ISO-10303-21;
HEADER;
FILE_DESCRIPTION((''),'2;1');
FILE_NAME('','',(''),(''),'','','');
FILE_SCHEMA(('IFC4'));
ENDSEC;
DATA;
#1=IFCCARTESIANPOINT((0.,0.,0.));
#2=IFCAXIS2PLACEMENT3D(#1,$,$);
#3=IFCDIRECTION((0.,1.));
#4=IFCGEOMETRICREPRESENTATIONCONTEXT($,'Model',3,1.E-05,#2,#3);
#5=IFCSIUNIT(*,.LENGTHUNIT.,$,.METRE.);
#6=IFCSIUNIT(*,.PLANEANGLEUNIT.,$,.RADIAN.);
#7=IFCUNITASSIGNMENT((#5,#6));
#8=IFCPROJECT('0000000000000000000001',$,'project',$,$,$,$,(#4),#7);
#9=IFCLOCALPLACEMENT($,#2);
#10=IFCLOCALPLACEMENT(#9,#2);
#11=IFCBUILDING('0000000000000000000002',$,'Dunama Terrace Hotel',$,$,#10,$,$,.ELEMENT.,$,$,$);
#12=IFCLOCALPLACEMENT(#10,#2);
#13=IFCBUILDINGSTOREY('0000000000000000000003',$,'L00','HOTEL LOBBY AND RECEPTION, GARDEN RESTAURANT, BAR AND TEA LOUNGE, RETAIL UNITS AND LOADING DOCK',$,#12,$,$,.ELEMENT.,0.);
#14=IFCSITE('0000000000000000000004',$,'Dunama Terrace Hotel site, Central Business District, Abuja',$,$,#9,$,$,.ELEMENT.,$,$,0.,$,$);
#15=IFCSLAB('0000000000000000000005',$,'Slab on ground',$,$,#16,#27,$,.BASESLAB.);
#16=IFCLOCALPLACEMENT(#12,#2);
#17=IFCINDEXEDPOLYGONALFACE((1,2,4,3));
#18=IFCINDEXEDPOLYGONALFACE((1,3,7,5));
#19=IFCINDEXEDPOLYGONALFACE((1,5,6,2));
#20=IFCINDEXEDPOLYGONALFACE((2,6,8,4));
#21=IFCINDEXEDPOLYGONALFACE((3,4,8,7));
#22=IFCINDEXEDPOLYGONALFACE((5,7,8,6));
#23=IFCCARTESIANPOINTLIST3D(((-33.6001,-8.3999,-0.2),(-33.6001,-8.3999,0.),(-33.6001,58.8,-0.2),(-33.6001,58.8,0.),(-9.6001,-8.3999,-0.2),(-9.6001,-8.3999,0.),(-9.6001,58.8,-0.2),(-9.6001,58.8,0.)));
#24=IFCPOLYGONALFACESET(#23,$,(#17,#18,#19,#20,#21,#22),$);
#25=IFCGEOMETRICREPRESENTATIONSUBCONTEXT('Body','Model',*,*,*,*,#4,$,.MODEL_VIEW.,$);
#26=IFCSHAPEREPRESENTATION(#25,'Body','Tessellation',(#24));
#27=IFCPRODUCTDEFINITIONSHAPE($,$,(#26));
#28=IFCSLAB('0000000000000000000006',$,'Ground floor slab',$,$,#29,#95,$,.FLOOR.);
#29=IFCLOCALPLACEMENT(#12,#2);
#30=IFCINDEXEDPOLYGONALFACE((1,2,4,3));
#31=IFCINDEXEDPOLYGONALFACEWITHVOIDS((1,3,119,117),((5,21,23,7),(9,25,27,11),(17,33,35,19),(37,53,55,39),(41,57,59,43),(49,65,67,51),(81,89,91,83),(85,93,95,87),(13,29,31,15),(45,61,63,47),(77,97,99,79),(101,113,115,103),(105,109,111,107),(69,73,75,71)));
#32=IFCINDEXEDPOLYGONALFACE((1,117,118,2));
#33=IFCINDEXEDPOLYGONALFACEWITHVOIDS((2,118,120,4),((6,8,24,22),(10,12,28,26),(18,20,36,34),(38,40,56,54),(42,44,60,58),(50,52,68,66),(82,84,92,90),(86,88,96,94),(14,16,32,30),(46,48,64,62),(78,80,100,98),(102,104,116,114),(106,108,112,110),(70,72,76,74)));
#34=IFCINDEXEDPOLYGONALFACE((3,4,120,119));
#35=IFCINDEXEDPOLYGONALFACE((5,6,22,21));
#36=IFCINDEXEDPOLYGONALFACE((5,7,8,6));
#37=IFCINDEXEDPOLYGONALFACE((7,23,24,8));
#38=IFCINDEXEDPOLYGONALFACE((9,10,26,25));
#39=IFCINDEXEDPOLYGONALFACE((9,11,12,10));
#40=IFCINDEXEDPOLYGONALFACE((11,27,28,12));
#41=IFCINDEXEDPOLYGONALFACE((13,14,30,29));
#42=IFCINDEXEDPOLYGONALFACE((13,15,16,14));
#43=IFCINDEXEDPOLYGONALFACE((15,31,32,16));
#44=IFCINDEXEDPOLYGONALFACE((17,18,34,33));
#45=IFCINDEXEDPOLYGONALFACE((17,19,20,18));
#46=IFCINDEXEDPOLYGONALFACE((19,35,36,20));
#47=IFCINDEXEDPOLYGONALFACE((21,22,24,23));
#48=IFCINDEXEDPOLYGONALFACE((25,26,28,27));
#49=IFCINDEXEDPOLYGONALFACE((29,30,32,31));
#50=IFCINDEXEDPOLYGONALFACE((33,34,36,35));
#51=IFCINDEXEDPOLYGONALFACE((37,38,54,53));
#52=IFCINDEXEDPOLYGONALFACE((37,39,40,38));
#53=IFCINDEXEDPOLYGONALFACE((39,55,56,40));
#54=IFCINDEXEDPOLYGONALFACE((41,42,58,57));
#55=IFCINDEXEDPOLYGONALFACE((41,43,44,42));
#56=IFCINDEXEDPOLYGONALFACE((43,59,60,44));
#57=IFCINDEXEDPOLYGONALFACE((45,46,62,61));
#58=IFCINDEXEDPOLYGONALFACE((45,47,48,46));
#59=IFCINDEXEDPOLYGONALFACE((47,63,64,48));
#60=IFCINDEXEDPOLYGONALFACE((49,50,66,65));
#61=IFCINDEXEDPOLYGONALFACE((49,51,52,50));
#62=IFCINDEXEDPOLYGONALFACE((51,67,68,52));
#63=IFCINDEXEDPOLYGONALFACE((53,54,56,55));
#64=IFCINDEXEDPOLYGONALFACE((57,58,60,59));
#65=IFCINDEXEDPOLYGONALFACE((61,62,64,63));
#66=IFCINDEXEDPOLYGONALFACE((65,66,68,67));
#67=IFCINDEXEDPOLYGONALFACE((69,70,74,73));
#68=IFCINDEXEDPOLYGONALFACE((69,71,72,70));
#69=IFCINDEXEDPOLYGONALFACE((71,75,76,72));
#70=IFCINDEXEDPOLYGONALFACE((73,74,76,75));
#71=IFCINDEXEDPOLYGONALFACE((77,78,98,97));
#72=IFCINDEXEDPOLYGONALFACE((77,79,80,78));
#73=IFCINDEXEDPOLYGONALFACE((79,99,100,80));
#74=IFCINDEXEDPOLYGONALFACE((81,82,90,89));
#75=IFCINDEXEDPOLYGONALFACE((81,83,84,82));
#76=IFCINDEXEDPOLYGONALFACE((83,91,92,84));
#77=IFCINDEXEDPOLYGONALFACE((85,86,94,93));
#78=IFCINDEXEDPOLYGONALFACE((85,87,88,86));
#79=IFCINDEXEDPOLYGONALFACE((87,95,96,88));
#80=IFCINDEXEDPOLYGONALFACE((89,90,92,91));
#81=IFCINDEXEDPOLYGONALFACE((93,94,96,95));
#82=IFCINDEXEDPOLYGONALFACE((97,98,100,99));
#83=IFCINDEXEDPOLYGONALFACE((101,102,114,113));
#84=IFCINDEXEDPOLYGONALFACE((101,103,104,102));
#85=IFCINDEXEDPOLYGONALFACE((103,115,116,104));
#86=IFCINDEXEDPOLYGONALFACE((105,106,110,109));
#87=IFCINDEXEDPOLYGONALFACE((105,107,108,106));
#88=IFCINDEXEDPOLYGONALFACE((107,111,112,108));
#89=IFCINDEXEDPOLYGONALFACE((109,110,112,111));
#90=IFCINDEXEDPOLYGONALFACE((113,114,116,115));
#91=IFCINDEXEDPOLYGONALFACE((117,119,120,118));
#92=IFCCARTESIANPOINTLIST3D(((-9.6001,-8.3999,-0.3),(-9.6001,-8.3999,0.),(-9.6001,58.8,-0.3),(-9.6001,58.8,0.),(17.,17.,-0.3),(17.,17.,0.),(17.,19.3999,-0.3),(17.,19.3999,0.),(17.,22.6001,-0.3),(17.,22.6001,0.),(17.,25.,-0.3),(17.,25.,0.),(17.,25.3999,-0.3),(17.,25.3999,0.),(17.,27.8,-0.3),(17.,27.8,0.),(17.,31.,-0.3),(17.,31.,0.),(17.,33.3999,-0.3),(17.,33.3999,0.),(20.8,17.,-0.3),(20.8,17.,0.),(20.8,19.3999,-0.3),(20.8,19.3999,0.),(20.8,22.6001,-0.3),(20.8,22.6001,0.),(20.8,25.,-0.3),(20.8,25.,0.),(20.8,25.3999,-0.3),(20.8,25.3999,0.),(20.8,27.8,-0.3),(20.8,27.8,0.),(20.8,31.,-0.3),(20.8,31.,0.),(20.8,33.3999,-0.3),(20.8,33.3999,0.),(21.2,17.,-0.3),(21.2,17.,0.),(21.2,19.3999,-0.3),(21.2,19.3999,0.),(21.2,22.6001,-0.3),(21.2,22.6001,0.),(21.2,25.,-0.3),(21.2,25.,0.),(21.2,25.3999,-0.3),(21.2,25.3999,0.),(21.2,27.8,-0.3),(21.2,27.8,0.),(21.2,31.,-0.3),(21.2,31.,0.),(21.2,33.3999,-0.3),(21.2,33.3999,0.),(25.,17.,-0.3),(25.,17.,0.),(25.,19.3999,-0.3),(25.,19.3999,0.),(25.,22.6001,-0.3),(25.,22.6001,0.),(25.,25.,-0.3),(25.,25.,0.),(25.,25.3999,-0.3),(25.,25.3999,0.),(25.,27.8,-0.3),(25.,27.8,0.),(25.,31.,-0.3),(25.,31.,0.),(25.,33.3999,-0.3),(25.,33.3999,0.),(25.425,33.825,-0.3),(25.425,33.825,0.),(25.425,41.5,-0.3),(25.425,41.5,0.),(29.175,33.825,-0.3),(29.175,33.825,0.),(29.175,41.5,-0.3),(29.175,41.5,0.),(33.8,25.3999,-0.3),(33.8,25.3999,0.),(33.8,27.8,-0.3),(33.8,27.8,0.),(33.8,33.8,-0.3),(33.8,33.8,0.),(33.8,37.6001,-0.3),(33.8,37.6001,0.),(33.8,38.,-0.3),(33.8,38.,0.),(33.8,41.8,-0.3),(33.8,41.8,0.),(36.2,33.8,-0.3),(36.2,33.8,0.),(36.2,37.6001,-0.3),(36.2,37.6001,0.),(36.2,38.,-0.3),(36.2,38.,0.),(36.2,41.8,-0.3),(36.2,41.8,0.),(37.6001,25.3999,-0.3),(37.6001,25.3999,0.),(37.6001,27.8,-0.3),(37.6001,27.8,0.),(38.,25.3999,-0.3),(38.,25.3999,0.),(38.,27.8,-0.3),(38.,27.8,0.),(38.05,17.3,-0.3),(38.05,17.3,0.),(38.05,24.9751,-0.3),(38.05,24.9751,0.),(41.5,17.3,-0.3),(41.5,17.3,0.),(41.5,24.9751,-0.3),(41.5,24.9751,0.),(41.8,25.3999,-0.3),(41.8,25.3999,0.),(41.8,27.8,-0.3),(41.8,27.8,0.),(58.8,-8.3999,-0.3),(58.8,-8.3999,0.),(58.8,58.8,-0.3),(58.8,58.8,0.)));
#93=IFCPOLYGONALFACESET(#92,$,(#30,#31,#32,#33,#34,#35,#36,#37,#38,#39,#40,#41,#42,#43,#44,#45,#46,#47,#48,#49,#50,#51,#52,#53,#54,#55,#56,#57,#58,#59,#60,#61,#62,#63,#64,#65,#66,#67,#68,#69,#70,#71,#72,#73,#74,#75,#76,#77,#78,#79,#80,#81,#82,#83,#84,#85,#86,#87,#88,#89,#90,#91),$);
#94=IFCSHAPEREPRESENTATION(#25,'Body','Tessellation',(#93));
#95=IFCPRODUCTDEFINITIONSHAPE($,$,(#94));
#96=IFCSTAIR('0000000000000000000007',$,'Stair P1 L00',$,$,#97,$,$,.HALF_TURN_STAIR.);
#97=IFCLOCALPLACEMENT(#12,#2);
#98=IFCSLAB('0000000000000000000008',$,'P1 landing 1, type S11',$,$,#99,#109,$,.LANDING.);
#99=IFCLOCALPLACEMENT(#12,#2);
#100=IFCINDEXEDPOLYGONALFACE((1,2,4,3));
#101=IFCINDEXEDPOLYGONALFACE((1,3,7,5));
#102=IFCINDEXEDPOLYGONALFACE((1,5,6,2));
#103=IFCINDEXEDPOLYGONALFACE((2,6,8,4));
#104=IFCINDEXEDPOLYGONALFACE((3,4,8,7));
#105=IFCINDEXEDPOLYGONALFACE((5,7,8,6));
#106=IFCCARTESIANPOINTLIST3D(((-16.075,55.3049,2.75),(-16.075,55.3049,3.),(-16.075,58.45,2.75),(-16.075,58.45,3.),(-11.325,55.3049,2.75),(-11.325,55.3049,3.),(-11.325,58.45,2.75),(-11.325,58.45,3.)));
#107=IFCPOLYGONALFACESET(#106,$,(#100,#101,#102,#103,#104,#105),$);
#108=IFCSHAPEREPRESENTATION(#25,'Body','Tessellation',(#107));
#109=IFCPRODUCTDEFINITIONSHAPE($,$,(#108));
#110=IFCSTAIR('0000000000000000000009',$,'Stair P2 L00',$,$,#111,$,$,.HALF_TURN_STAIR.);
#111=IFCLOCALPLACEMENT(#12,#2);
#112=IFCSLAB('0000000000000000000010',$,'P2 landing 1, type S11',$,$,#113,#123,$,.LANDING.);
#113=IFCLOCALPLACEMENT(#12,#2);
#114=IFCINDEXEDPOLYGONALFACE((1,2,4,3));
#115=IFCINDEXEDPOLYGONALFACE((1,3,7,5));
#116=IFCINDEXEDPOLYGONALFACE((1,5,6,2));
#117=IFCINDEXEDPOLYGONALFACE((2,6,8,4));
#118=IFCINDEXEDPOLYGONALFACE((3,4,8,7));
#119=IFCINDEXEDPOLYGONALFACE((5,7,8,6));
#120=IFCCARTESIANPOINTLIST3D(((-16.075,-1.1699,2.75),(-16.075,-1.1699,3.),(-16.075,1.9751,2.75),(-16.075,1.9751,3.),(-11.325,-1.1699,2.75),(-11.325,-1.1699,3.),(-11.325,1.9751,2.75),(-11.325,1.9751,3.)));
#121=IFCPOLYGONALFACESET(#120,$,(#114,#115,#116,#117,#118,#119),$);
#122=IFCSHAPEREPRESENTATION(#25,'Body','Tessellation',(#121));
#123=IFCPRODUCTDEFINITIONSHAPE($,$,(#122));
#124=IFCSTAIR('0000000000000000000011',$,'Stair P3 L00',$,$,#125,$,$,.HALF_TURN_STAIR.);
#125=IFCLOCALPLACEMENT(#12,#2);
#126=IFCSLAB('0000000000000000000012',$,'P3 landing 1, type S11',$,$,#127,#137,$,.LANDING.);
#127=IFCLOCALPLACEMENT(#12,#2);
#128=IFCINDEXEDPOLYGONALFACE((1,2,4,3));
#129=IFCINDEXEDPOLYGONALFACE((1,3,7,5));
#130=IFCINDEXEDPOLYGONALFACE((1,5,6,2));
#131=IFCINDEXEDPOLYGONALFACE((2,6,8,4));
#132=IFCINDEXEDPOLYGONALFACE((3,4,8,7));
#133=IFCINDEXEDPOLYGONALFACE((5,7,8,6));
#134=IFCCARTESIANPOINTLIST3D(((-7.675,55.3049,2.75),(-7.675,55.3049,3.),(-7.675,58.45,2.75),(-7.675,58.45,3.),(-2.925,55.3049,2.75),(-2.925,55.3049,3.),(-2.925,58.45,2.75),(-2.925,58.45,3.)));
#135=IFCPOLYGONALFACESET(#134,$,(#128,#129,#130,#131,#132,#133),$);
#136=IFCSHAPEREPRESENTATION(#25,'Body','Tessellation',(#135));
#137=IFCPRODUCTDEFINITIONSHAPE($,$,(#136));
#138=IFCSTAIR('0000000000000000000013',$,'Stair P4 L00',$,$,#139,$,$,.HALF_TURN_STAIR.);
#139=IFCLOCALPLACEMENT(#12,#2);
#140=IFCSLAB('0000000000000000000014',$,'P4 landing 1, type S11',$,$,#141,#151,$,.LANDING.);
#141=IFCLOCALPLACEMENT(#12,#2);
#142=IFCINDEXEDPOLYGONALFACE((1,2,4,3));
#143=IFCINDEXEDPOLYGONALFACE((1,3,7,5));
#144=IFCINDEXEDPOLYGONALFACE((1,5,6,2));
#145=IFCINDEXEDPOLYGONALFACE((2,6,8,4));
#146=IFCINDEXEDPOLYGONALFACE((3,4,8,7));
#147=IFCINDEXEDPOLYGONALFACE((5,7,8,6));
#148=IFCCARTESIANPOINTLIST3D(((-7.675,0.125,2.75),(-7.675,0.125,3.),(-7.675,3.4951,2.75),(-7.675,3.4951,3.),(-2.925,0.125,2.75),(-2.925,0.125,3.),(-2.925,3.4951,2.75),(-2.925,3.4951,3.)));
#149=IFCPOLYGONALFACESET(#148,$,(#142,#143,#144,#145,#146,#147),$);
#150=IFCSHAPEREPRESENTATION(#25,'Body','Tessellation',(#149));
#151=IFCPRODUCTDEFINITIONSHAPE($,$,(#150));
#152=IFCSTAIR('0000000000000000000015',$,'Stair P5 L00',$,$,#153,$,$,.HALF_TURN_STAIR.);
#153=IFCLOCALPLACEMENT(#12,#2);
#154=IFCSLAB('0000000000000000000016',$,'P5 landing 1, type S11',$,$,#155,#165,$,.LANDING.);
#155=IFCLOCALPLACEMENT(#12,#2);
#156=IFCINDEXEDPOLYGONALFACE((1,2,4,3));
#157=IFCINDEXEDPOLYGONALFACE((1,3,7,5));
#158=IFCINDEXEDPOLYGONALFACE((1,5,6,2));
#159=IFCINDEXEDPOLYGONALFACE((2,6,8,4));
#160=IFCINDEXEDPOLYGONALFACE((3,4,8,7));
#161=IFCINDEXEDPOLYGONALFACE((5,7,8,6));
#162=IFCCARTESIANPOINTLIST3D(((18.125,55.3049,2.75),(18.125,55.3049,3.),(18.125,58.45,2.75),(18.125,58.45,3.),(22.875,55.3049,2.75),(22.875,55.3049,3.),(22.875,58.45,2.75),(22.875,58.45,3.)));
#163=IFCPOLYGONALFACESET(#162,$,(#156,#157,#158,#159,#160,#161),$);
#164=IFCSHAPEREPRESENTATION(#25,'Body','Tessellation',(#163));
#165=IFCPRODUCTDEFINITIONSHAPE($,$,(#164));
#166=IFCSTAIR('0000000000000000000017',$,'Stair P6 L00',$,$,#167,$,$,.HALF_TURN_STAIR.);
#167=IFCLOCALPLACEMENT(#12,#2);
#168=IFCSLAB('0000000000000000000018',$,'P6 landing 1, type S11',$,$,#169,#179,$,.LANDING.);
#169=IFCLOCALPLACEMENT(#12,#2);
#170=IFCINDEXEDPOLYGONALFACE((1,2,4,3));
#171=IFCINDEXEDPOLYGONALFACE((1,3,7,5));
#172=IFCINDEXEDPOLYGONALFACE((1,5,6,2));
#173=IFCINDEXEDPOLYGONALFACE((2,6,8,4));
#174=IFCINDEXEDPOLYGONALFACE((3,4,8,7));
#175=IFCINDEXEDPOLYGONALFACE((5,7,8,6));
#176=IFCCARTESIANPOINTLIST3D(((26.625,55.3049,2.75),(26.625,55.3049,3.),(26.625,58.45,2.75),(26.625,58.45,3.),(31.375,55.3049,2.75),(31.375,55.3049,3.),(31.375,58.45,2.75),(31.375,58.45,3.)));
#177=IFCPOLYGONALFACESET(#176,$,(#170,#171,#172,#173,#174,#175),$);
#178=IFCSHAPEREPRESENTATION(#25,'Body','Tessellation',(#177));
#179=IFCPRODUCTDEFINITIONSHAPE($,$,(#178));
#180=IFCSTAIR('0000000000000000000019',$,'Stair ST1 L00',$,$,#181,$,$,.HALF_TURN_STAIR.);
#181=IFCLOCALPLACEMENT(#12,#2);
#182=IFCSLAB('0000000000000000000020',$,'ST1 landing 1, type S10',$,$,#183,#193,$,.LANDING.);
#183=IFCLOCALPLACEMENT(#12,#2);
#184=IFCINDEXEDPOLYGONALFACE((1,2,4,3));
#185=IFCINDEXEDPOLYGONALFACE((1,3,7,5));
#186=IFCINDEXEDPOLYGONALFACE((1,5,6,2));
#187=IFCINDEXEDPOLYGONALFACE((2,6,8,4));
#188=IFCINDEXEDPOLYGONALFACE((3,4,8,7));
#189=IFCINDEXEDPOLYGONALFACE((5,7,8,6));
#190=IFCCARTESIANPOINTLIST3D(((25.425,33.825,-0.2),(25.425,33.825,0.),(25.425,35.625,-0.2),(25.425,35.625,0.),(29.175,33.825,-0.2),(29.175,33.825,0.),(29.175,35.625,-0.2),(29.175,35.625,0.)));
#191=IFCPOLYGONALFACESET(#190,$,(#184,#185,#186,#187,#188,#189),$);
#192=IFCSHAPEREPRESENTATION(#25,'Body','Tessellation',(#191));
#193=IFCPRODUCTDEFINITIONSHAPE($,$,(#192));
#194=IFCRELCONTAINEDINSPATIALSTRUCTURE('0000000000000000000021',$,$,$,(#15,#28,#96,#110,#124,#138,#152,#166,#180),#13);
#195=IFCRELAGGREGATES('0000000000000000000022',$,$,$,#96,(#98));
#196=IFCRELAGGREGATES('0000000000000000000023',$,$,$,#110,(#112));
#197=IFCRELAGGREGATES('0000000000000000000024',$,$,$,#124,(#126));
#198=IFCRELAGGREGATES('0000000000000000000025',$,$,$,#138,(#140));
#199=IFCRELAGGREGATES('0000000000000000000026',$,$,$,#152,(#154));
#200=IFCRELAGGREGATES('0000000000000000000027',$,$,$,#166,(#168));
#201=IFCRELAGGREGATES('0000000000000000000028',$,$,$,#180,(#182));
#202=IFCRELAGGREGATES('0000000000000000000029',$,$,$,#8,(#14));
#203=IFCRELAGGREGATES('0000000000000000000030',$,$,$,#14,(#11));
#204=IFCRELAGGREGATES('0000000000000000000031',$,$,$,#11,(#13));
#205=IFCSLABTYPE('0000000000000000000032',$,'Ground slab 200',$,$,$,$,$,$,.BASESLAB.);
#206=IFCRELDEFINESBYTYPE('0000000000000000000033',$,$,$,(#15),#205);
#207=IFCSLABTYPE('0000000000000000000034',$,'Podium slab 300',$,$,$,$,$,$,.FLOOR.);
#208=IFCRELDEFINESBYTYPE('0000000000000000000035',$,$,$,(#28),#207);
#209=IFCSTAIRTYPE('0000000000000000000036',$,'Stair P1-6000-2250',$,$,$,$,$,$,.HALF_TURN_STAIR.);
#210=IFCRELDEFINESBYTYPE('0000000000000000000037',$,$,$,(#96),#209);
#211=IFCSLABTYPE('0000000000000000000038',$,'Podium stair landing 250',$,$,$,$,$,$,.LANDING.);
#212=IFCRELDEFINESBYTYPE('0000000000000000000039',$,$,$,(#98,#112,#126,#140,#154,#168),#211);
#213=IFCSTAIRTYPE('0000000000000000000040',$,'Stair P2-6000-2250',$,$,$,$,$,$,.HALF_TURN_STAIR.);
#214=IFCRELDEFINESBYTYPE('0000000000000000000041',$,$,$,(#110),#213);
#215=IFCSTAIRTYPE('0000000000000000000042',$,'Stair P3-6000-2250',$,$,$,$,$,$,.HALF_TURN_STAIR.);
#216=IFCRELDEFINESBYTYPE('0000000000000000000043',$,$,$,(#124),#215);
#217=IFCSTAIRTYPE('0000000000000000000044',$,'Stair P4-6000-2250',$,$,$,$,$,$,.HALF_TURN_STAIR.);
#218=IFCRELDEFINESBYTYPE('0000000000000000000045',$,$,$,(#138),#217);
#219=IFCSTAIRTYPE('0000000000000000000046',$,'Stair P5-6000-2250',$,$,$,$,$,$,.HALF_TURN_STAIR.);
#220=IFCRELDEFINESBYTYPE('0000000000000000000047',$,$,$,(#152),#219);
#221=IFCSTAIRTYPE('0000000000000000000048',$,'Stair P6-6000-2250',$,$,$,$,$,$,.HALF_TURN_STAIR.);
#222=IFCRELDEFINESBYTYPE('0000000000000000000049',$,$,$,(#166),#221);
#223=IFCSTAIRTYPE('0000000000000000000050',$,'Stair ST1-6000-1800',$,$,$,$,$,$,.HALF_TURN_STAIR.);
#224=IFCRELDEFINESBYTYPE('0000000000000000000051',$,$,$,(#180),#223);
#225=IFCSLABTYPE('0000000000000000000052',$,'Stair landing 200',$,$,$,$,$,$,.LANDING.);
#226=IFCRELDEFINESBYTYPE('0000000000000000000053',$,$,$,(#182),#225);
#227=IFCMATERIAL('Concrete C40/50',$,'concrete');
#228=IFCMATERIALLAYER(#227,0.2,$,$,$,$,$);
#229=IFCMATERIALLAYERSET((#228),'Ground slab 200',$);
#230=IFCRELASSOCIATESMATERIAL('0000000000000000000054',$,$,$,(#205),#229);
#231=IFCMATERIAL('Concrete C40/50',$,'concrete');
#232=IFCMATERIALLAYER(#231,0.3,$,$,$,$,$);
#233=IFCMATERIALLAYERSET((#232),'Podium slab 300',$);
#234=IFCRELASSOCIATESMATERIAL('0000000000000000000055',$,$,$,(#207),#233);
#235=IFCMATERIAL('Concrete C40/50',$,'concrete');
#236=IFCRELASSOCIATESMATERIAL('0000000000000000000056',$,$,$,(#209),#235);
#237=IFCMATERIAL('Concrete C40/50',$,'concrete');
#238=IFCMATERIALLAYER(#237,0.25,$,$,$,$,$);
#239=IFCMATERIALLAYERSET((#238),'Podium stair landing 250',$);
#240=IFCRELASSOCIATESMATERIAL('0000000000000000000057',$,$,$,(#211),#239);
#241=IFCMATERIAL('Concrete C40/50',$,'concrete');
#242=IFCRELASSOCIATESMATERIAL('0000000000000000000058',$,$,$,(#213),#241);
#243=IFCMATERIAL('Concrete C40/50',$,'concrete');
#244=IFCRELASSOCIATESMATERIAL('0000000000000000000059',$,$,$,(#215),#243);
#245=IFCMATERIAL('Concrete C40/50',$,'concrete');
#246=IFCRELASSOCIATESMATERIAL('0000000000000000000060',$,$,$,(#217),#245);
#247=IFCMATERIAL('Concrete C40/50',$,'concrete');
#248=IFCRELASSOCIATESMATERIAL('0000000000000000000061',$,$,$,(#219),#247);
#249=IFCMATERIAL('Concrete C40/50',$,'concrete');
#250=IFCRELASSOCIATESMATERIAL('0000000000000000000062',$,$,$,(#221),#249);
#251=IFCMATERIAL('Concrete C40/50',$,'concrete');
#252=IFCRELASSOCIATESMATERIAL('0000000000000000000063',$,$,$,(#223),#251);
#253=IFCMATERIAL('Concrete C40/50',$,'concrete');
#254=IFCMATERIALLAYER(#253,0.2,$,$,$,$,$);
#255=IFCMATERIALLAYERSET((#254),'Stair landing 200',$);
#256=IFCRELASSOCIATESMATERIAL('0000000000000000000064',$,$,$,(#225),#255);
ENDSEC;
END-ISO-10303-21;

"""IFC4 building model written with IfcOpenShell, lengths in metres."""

from ifc_helpers import new_model, si_unit, direction, frame, origin, place, context, subcontext, project, spatial, polyline, outline, extrude, material, layer, layer_set, type_object, element, aggregate, save


model = new_model("IFC4")

# Units and contexts
model_context = context("Model", 3, precision=1e-05, world=origin(), true_north=direction((0.0, 1.0)))
body_context = subcontext(model_context, "Body", "Model", "MODEL_VIEW")
ifc_project = project(units=[si_unit("LENGTHUNIT", "METRE"), si_unit("PLANEANGLEUNIT", "RADIAN")], contexts=[model_context])

# Site, building, storey
site_placement = place(None, origin())
site = spatial("IfcSite", under=ifc_project, at=site_placement, Name="Dunama Terrace Hotel site, Central Business District, Abuja", CompositionType="ELEMENT", RefElevation=0.0)
building_placement = place(site_placement, origin())
building = spatial("IfcBuilding", under=site, at=building_placement, Name="Dunama Terrace Hotel", CompositionType="ELEMENT")
storey_placement = place(building_placement, origin())
storey = spatial("IfcBuildingStorey", under=building, at=storey_placement, Name="L00", Description="HOTEL LOBBY AND RECEPTION, GARDEN RESTAURANT, BAR AND TEA LOUNGE, RETAIL UNITS AND LOADING DOCK", CompositionType="ELEMENT", Elevation=0.0)

# Slabs
ifc_material_1 = material(Name="Concrete C40/50", Category="concrete")
ifc_layer_1 = layer(ifc_material_1, 0.2)
ifc_layer_set_1 = layer_set([ifc_layer_1], Name="Ground slab 200")
slab_type_1 = type_object("IfcSlabType", Name="Ground slab 200", PredefinedType="BASESLAB", material=ifc_layer_set_1)
slab_1_placement = place(storey_placement, frame((0.0, 0.0, -0.2)))
element("IfcSlab", 1, at=slab_1_placement, inside=storey, type_object=slab_type_1, Name="Slab on ground", PredefinedType="BASESLAB", context=body_context, shape_type="SweptSolid", body=[
    extrude(outline(polyline([(-33.6001, -8.3999), (-33.6001, 58.8), (-9.6001, 58.8), (-9.6001, -8.3999), (-33.6001, -8.3999)])), origin(), (0.0, 0.0, 1.0), 0.2),
])
ifc_material_2 = material(Name="Concrete C40/50", Category="concrete")
ifc_layer_2 = layer(ifc_material_2, 0.3)
ifc_layer_set_2 = layer_set([ifc_layer_2], Name="Podium slab 300")
slab_type_2 = type_object("IfcSlabType", Name="Podium slab 300", PredefinedType="FLOOR", material=ifc_layer_set_2)
slab_2_placement = place(storey_placement, frame((0.0, 0.0, -0.3)))
element("IfcSlab", 2, at=slab_2_placement, inside=storey, type_object=slab_type_2, Name="Ground floor slab", PredefinedType="FLOOR", context=body_context, shape_type="SweptSolid", body=[
    extrude(outline(polyline([(-9.6001, -8.3999), (-9.6001, 58.8), (58.8, 58.8), (58.8, -8.3999), (-9.6001, -8.3999)]), holes=[polyline([(20.8, 25.3999), (20.8, 27.8), (17.0, 27.8), (17.0, 25.3999), (20.8, 25.3999)]), polyline([(25.0, 25.3999), (25.0, 27.8), (21.2, 27.8), (21.2, 25.3999), (25.0, 25.3999)]), polyline([(20.8, 31.0), (20.8, 33.3999), (17.0, 33.3999), (17.0, 31.0), (20.8, 31.0)]), polyline([(25.0, 31.0), (25.0, 33.3999), (21.2, 33.3999), (21.2, 31.0), (25.0, 31.0)]), polyline([(37.6001, 25.3999), (37.6001, 27.8), (33.8, 27.8), (33.8, 25.3999), (37.6001, 25.3999)]), polyline([(41.8, 25.3999), (41.8, 27.8), (38.0, 27.8), (38.0, 25.3999), (41.8, 25.3999)]), polyline([(20.8, 17.0), (20.8, 19.3999), (17.0, 19.3999), (17.0, 17.0), (20.8, 17.0)]), polyline([(25.0, 17.0), (25.0, 19.3999), (21.2, 19.3999), (21.2, 17.0), (25.0, 17.0)]), polyline([(20.8, 22.6001), (20.8, 25.0), (17.0, 25.0), (17.0, 22.6001), (20.8, 22.6001)]), polyline([(25.0, 22.6001), (25.0, 25.0), (21.2, 25.0), (21.2, 22.6001), (25.0, 22.6001)]), polyline([(36.2, 38.0), (36.2, 41.8), (33.8, 41.8), (33.8, 38.0), (36.2, 38.0)]), polyline([(36.2, 33.8), (36.2, 37.6001), (33.8, 37.6001), (33.8, 33.8), (36.2, 33.8)]), polyline([(29.175, 33.825), (29.175, 41.5), (25.425, 41.5), (25.425, 33.825), (29.175, 33.825)]), polyline([(41.5, 17.3), (41.5, 24.9751), (38.05, 24.9751), (38.05, 17.3), (41.5, 17.3)])]), origin(), (0.0, 0.0, 1.0), 0.3),
])

# Stairs, slabs
ifc_material_3 = material(Name="Concrete C40/50", Category="concrete")
stair_type_1 = type_object("IfcStairType", Name="Stair P1-6000-2250", PredefinedType="HALF_TURN_STAIR", material=ifc_material_3)
stair_1_placement = place(storey_placement, origin())
stair_1 = element("IfcStair", 3, at=stair_1_placement, inside=storey, type_object=stair_type_1, Name="Stair P1 L00", PredefinedType="HALF_TURN_STAIR")
ifc_material_4 = material(Name="Concrete C40/50", Category="concrete")
ifc_layer_3 = layer(ifc_material_4, 0.25)
ifc_layer_set_3 = layer_set([ifc_layer_3], Name="Podium stair landing 250")
slab_type_3 = type_object("IfcSlabType", Name="Podium stair landing 250", PredefinedType="LANDING", material=ifc_layer_set_3)
slab_3_placement = place(storey_placement, frame((0.0, 0.0, 2.75)))
slab_3 = element("IfcSlab", 4, at=slab_3_placement, type_object=slab_type_3, Name="P1 landing 1, type S11", PredefinedType="LANDING", context=body_context, shape_type="SweptSolid", body=[
    extrude(outline(polyline([(-16.075, 55.3049), (-11.325, 55.3049), (-11.325, 58.45), (-16.075, 58.45), (-16.075, 55.3049)])), origin(), (0.0, 0.0, 1.0), 0.25),
])
aggregate(stair_1, [slab_3])
ifc_material_5 = material(Name="Concrete C40/50", Category="concrete")
stair_type_2 = type_object("IfcStairType", Name="Stair P2-6000-2250", PredefinedType="HALF_TURN_STAIR", material=ifc_material_5)
stair_2_placement = place(storey_placement, origin())
stair_2 = element("IfcStair", 5, at=stair_2_placement, inside=storey, type_object=stair_type_2, Name="Stair P2 L00", PredefinedType="HALF_TURN_STAIR")
slab_4_placement = place(storey_placement, frame((0.0, 0.0, 2.75)))
slab_4 = element("IfcSlab", 6, at=slab_4_placement, type_object=slab_type_3, Name="P2 landing 1, type S11", PredefinedType="LANDING", context=body_context, shape_type="SweptSolid", body=[
    extrude(outline(polyline([(-16.075, -1.1699), (-11.325, -1.1699), (-11.325, 1.9751), (-16.075, 1.9751), (-16.075, -1.1699)])), origin(), (0.0, 0.0, 1.0), 0.25),
])
aggregate(stair_2, [slab_4])
ifc_material_6 = material(Name="Concrete C40/50", Category="concrete")
stair_type_3 = type_object("IfcStairType", Name="Stair P3-6000-2250", PredefinedType="HALF_TURN_STAIR", material=ifc_material_6)
stair_3_placement = place(storey_placement, origin())
stair_3 = element("IfcStair", 7, at=stair_3_placement, inside=storey, type_object=stair_type_3, Name="Stair P3 L00", PredefinedType="HALF_TURN_STAIR")
slab_5_placement = place(storey_placement, frame((0.0, 0.0, 2.75)))
slab_5 = element("IfcSlab", 8, at=slab_5_placement, type_object=slab_type_3, Name="P3 landing 1, type S11", PredefinedType="LANDING", context=body_context, shape_type="SweptSolid", body=[
    extrude(outline(polyline([(-7.675, 55.3049), (-2.925, 55.3049), (-2.925, 58.45), (-7.675, 58.45), (-7.675, 55.3049)])), origin(), (0.0, 0.0, 1.0), 0.25),
])
aggregate(stair_3, [slab_5])
ifc_material_7 = material(Name="Concrete C40/50", Category="concrete")
stair_type_4 = type_object("IfcStairType", Name="Stair P4-6000-2250", PredefinedType="HALF_TURN_STAIR", material=ifc_material_7)
stair_4_placement = place(storey_placement, origin())
stair_4 = element("IfcStair", 9, at=stair_4_placement, inside=storey, type_object=stair_type_4, Name="Stair P4 L00", PredefinedType="HALF_TURN_STAIR")
slab_6_placement = place(storey_placement, frame((0.0, 0.0, 2.75)))
slab_6 = element("IfcSlab", 10, at=slab_6_placement, type_object=slab_type_3, Name="P4 landing 1, type S11", PredefinedType="LANDING", context=body_context, shape_type="SweptSolid", body=[
    extrude(outline(polyline([(-7.675, 0.125), (-2.925, 0.125), (-2.925, 3.4951), (-7.675, 3.4951), (-7.675, 0.125)])), origin(), (0.0, 0.0, 1.0), 0.25),
])
aggregate(stair_4, [slab_6])
ifc_material_8 = material(Name="Concrete C40/50", Category="concrete")
stair_type_5 = type_object("IfcStairType", Name="Stair P5-6000-2250", PredefinedType="HALF_TURN_STAIR", material=ifc_material_8)
stair_5_placement = place(storey_placement, origin())
stair_5 = element("IfcStair", 11, at=stair_5_placement, inside=storey, type_object=stair_type_5, Name="Stair P5 L00", PredefinedType="HALF_TURN_STAIR")
slab_7_placement = place(storey_placement, frame((0.0, 0.0, 2.75)))
slab_7 = element("IfcSlab", 12, at=slab_7_placement, type_object=slab_type_3, Name="P5 landing 1, type S11", PredefinedType="LANDING", context=body_context, shape_type="SweptSolid", body=[
    extrude(outline(polyline([(18.125, 55.3049), (22.875, 55.3049), (22.875, 58.45), (18.125, 58.45), (18.125, 55.3049)])), origin(), (0.0, 0.0, 1.0), 0.25),
])
aggregate(stair_5, [slab_7])
ifc_material_9 = material(Name="Concrete C40/50", Category="concrete")
stair_type_6 = type_object("IfcStairType", Name="Stair P6-6000-2250", PredefinedType="HALF_TURN_STAIR", material=ifc_material_9)
stair_6_placement = place(storey_placement, origin())
stair_6 = element("IfcStair", 13, at=stair_6_placement, inside=storey, type_object=stair_type_6, Name="Stair P6 L00", PredefinedType="HALF_TURN_STAIR")
slab_8_placement = place(storey_placement, frame((0.0, 0.0, 2.75)))
slab_8 = element("IfcSlab", 14, at=slab_8_placement, type_object=slab_type_3, Name="P6 landing 1, type S11", PredefinedType="LANDING", context=body_context, shape_type="SweptSolid", body=[
    extrude(outline(polyline([(26.625, 55.3049), (31.375, 55.3049), (31.375, 58.45), (26.625, 58.45), (26.625, 55.3049)])), origin(), (0.0, 0.0, 1.0), 0.25),
])
aggregate(stair_6, [slab_8])

# Stair, slab
ifc_material_10 = material(Name="Concrete C40/50", Category="concrete")
stair_type_7 = type_object("IfcStairType", Name="Stair ST1-6000-1800", PredefinedType="HALF_TURN_STAIR", material=ifc_material_10)
stair_7_placement = place(storey_placement, origin())
stair_7 = element("IfcStair", 15, at=stair_7_placement, inside=storey, type_object=stair_type_7, Name="Stair ST1 L00", PredefinedType="HALF_TURN_STAIR")
ifc_material_11 = material(Name="Concrete C40/50", Category="concrete")
ifc_layer_4 = layer(ifc_material_11, 0.2)
ifc_layer_set_4 = layer_set([ifc_layer_4], Name="Stair landing 200")
slab_type_4 = type_object("IfcSlabType", Name="Stair landing 200", PredefinedType="LANDING", material=ifc_layer_set_4)
slab_9_placement = place(storey_placement, frame((0.0, 0.0, -0.2)))
slab_9 = element("IfcSlab", 16, at=slab_9_placement, type_object=slab_type_4, Name="ST1 landing 1, type S10", PredefinedType="LANDING", context=body_context, shape_type="SweptSolid", body=[
    extrude(outline(polyline([(25.425, 33.825), (29.175, 33.825), (29.175, 35.625), (25.425, 35.625), (25.425, 33.825)])), origin(), (0.0, 0.0, 1.0), 0.2),
])
aggregate(stair_7, [slab_9])

save(model, "model.ifc")
